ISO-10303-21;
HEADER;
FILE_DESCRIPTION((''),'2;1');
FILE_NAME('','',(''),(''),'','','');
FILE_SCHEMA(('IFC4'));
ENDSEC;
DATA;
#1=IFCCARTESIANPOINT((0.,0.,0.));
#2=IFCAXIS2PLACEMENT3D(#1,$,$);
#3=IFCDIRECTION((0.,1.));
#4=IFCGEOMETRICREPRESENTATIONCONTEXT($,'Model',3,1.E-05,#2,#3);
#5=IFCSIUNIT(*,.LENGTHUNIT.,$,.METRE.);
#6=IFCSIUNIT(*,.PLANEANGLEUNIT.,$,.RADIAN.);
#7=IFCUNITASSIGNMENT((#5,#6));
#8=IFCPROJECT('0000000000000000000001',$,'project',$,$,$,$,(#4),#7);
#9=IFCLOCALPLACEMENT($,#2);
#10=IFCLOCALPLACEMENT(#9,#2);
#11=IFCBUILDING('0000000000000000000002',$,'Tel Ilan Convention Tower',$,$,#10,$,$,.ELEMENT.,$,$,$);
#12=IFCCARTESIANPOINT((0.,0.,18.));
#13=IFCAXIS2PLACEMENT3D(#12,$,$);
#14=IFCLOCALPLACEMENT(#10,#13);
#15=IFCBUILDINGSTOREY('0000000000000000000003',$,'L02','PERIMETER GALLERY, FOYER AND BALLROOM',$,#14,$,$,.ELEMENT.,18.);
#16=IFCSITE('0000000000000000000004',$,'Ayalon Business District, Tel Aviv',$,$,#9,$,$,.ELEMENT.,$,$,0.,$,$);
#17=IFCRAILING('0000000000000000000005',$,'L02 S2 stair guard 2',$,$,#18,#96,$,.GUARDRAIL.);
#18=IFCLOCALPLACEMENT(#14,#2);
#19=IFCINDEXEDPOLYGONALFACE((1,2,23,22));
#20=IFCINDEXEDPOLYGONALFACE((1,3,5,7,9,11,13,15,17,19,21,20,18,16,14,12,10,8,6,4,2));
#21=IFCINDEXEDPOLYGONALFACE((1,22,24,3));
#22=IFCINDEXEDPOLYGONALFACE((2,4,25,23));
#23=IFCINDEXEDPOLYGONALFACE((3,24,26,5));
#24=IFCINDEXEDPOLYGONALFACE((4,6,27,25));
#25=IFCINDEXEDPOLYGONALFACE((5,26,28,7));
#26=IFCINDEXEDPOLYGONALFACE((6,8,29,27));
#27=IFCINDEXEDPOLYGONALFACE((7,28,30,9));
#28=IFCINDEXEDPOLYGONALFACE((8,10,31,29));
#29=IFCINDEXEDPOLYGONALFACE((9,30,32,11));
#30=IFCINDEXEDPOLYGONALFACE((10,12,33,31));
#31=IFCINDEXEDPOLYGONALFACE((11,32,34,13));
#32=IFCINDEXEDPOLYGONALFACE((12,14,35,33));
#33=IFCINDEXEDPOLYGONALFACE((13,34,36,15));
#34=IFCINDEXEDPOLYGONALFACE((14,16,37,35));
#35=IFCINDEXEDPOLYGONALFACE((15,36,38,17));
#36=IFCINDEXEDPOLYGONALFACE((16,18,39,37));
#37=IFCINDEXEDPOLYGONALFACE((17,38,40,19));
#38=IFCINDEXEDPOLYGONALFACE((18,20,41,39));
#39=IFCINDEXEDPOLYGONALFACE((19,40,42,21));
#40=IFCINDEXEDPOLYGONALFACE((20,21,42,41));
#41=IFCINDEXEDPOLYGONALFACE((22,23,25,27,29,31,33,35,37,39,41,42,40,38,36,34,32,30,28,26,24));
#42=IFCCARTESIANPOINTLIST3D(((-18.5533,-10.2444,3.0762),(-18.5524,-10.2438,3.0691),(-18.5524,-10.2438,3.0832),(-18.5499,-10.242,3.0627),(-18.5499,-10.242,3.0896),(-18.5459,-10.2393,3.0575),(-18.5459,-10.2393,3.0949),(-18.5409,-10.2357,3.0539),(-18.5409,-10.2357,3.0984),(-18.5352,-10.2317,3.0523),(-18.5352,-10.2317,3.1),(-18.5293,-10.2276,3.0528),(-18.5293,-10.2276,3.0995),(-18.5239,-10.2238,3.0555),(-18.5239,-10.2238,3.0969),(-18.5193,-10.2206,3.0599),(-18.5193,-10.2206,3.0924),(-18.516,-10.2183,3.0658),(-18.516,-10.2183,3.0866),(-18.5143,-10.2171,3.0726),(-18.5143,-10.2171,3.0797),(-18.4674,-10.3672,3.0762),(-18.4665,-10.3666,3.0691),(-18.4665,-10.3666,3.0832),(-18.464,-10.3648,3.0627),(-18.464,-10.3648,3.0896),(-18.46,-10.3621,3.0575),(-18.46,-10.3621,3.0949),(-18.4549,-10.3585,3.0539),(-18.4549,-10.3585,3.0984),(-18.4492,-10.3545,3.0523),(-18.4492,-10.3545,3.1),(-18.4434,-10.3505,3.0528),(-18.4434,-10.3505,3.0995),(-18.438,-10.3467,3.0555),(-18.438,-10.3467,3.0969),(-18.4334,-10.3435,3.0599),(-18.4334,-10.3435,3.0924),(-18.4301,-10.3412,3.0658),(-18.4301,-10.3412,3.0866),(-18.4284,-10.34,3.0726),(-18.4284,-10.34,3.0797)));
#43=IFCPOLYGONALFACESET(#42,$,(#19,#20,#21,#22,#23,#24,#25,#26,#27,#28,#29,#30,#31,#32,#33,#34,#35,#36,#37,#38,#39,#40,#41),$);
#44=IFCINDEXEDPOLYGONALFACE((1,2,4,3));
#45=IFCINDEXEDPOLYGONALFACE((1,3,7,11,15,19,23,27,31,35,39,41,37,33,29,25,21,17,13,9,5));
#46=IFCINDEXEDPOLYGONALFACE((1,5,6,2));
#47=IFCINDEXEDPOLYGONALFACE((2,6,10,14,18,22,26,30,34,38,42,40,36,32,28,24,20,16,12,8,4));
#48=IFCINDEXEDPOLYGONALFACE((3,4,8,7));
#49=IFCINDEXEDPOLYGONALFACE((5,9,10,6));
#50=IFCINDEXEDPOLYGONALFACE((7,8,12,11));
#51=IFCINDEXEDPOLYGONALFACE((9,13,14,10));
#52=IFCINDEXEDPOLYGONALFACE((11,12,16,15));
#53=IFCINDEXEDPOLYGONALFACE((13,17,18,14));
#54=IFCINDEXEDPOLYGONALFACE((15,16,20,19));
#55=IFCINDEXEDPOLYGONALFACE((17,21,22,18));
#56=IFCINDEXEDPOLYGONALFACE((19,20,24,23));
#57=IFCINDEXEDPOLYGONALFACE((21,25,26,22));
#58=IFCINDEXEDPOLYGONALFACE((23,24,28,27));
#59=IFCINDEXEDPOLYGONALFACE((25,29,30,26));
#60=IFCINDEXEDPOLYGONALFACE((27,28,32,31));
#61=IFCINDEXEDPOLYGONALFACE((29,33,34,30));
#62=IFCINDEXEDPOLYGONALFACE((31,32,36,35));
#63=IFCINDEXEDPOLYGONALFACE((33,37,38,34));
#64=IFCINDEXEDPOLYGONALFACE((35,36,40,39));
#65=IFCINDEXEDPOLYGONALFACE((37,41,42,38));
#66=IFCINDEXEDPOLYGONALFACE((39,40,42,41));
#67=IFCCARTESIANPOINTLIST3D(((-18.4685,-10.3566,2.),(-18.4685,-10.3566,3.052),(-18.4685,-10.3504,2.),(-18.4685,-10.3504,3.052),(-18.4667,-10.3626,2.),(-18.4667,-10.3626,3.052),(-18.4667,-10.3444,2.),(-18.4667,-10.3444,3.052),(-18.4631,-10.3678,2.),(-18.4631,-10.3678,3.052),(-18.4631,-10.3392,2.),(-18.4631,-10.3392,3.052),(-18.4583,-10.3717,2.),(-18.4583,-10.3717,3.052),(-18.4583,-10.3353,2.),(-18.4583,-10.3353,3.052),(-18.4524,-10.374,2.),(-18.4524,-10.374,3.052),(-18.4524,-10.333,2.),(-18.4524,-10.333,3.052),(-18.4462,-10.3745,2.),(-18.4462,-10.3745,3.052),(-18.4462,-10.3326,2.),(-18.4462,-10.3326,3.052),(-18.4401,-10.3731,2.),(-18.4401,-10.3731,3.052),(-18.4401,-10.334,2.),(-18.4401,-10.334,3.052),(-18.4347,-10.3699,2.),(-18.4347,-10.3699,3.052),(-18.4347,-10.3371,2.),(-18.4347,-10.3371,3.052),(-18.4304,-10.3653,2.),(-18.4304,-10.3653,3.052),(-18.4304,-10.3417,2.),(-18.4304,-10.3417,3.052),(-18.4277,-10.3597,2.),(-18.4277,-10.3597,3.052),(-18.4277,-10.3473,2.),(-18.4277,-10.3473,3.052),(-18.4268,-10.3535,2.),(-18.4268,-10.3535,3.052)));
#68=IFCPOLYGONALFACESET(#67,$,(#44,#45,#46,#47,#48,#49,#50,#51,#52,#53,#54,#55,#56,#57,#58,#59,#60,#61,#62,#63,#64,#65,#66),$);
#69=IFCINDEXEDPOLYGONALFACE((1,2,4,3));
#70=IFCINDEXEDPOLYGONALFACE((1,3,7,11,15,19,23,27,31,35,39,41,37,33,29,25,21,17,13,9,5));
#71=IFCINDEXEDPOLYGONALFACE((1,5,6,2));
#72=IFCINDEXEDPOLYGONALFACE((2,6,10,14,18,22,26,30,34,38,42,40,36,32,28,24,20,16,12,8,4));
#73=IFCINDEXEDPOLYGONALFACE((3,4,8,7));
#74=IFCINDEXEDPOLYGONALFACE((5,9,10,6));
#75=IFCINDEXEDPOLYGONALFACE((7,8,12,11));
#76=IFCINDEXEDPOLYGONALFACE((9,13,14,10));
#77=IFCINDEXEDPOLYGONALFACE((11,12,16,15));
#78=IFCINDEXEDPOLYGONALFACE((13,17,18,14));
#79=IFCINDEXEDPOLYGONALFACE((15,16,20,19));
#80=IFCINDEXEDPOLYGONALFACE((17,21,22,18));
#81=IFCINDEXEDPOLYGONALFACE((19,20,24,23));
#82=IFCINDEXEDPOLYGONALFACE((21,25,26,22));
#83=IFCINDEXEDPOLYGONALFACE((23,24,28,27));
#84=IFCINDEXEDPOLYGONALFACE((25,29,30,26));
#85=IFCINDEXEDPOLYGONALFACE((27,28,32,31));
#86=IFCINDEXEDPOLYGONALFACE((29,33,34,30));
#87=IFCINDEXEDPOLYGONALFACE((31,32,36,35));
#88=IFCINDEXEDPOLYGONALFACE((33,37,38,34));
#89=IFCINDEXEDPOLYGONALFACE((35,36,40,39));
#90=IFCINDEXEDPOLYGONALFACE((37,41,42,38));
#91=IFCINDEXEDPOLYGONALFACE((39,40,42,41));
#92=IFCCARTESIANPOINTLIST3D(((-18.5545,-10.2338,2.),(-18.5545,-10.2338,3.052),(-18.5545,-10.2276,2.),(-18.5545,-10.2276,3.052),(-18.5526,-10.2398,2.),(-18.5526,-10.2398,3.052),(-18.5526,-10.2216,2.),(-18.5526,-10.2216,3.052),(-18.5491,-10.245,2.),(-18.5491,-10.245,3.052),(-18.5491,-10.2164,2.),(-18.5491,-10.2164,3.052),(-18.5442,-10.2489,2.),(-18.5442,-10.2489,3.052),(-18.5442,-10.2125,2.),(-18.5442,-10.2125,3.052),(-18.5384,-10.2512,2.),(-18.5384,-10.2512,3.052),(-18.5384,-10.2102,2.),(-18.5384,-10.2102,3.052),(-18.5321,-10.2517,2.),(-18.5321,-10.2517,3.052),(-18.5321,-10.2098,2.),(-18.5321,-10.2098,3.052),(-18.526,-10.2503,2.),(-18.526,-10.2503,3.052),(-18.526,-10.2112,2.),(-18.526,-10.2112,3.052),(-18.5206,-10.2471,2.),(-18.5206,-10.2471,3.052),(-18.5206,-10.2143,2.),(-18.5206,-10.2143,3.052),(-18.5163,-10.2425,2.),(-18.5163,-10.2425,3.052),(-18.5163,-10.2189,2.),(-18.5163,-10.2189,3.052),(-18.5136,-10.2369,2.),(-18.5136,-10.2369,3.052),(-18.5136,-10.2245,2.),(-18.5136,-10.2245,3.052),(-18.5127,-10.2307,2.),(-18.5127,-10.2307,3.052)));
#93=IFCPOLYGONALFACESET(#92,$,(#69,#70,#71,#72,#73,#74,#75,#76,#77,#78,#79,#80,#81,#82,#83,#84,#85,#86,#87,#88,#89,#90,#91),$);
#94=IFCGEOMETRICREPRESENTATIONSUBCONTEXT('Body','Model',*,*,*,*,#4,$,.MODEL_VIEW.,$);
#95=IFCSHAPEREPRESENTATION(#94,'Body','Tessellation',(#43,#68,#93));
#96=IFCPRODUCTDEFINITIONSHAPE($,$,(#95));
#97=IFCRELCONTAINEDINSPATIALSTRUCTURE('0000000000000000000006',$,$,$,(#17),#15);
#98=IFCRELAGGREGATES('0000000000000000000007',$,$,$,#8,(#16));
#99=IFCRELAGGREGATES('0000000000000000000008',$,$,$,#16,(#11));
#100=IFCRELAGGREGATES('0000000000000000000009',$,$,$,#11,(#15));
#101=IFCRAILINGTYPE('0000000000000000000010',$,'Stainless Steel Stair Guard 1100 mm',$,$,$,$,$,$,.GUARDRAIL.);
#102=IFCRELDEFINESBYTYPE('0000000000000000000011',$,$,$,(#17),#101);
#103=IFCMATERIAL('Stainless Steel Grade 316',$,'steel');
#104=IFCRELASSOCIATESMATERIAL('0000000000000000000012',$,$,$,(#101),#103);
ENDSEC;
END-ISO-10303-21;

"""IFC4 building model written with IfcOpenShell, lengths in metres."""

from ifc_helpers import new_model, si_unit, direction, frame, origin, origin_2d, place, context, subcontext, project, spatial, circle, extrude, material, type_object, element, save


model = new_model("IFC4")

# Units and contexts
model_context = context("Model", 3, precision=1e-05, world=origin(), true_north=direction((0.0, 1.0)))
body_context = subcontext(model_context, "Body", "Model", "MODEL_VIEW")
ifc_project = project(units=[si_unit("LENGTHUNIT", "METRE"), si_unit("PLANEANGLEUNIT", "RADIAN")], contexts=[model_context])

# Site, building, storey
site_placement = place(None, origin())
site = spatial("IfcSite", under=ifc_project, at=site_placement, Name="Ayalon Business District, Tel Aviv", CompositionType="ELEMENT", RefElevation=0.0)
building_placement = place(site_placement, origin())
building = spatial("IfcBuilding", under=site, at=building_placement, Name="Tel Ilan Convention Tower", CompositionType="ELEMENT")
storey_placement = place(building_placement, frame((0.0, 0.0, 18.0)))
storey = spatial("IfcBuildingStorey", under=building, at=storey_placement, Name="L02", Description="PERIMETER GALLERY, FOYER AND BALLROOM", CompositionType="ELEMENT", Elevation=18.0)

# Railing
ifc_material_1 = material(Name="Stainless Steel Grade 316", Category="steel")
railing_type_1 = type_object("IfcRailingType", Name="Stainless Steel Stair Guard 1100 mm", PredefinedType="GUARDRAIL", material=ifc_material_1)
railing_1_placement = place(storey_placement, frame((-18.4478, -10.3535, 2.0)))
element("IfcRailing", 1, at=railing_1_placement, inside=storey, type_object=railing_type_1, Name="L02 S2 stair guard 2", PredefinedType="GUARDRAIL", context=body_context, shape_type="SweptSolid", body=[
    extrude(circle(Radius=0.0239, at=origin_2d()), frame((0.0, 0.0, 1.0762), z_axis=(-0.573353, 0.819308, 0.0), x_axis=(-0.819308, -0.573353, 0.0)), (0.0, 0.0, 1.0), 0.1499),
    extrude(circle(Radius=0.021, at=origin_2d()), origin(), (0.0, 0.0, 1.0), 1.052),
    extrude(circle(Radius=0.021, at=origin_2d()), frame((-0.0859, 0.1228, 0.0)), (0.0, 0.0, 1.0), 1.052),
])

save(model, "model.ifc")
